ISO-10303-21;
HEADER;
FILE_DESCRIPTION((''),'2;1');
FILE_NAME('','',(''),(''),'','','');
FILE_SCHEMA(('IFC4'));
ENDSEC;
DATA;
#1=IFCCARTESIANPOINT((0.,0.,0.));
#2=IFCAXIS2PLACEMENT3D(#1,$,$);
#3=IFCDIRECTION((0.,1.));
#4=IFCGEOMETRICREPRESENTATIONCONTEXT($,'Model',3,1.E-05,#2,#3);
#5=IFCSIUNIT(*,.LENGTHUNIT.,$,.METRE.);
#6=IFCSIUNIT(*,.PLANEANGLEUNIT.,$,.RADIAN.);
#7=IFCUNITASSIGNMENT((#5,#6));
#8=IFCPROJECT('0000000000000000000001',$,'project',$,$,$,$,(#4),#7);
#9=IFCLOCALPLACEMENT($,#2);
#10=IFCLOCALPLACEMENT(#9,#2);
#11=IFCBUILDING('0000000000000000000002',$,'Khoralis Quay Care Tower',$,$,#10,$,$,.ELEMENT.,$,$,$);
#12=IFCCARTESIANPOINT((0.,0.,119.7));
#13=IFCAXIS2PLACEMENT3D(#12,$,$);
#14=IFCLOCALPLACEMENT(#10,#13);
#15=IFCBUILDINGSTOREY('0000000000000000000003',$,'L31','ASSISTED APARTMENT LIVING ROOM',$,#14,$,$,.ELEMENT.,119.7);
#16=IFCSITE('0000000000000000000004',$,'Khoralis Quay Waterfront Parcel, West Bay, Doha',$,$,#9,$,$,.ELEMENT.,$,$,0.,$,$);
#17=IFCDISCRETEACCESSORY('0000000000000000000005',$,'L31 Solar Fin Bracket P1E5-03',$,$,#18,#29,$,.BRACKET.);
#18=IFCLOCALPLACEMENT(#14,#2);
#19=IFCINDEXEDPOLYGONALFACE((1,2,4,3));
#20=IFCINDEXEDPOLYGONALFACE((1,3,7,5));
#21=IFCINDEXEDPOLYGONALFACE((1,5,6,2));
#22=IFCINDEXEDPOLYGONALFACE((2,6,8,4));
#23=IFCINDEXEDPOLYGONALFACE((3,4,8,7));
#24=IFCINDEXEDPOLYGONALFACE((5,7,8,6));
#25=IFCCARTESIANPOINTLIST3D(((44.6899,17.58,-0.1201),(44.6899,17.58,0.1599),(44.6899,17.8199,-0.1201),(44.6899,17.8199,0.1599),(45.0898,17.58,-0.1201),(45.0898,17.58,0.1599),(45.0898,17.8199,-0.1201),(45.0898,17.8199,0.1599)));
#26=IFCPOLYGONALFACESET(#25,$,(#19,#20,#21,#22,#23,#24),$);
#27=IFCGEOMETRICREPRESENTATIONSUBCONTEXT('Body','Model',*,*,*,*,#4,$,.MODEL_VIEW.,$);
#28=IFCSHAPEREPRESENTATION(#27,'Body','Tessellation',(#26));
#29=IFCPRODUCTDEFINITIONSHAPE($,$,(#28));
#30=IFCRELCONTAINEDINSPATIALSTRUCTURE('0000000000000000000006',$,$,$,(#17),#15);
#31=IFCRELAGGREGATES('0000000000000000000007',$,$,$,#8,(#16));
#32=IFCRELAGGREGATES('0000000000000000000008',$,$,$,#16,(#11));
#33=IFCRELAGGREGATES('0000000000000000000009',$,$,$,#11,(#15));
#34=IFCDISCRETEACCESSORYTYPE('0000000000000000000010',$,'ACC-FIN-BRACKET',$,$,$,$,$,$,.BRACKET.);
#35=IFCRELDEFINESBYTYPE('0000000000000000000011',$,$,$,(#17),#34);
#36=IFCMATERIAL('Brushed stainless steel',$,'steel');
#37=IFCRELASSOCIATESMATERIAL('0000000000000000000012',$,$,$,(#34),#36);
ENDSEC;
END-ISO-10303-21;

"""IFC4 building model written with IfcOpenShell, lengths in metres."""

from ifc_helpers import new_model, si_unit, direction, frame, origin, origin_2d, place, context, subcontext, project, spatial, rectangle, extrude, source, transform, mapped, material, type_object, element, save


model = new_model("IFC4")

# Units and contexts
model_context = context("Model", 3, precision=1e-05, world=origin(), true_north=direction((0.0, 1.0)))
body_context = subcontext(model_context, "Body", "Model", "MODEL_VIEW")
ifc_project = project(units=[si_unit("LENGTHUNIT", "METRE"), si_unit("PLANEANGLEUNIT", "RADIAN")], contexts=[model_context])

# Site, building, storey
site_placement = place(None, origin())
site = spatial("IfcSite", under=ifc_project, at=site_placement, Name="Khoralis Quay Waterfront Parcel, West Bay, Doha", CompositionType="ELEMENT", RefElevation=0.0)
building_placement = place(site_placement, origin())
building = spatial("IfcBuilding", under=site, at=building_placement, Name="Khoralis Quay Care Tower", CompositionType="ELEMENT")
storey_placement = place(building_placement, frame((0.0, 0.0, 119.7)))
storey = spatial("IfcBuildingStorey", under=building, at=storey_placement, Name="L31", Description="ASSISTED APARTMENT LIVING ROOM", CompositionType="ELEMENT", Elevation=119.7)

# Shared definitions
ifc_material_1 = material(Name="Brushed stainless steel", Category="steel")

# Discrete accessory
discrete_accessory_type = type_object("IfcDiscreteAccessoryType", Name="ACC-FIN-BRACKET", PredefinedType="BRACKET", material=ifc_material_1)
shared_shape_1 = source(origin(), body_context, "Body", "SweptSolid", [
    extrude(rectangle(XDim=0.3999, YDim=0.24, at=origin_2d()), origin(), (0.0, 0.0, 1.0), 0.28),
])
discrete_accessory_placement = place(storey_placement, frame((44.8899, 17.7, -0.1201), z_axis=(0.0, 0.0, 1.0), x_axis=(1.0, 0.0, 0.0)))
element("IfcDiscreteAccessory", 1, at=discrete_accessory_placement, inside=storey, type_object=discrete_accessory_type, Name="L31 Solar Fin Bracket P1E5-03", PredefinedType="BRACKET", context=body_context, shape_type="MappedRepresentation", body=[
    mapped(shared_shape_1, transform((0.0, 0.0, 0.0), scale=1.0)),
])

save(model, "model.ifc")
